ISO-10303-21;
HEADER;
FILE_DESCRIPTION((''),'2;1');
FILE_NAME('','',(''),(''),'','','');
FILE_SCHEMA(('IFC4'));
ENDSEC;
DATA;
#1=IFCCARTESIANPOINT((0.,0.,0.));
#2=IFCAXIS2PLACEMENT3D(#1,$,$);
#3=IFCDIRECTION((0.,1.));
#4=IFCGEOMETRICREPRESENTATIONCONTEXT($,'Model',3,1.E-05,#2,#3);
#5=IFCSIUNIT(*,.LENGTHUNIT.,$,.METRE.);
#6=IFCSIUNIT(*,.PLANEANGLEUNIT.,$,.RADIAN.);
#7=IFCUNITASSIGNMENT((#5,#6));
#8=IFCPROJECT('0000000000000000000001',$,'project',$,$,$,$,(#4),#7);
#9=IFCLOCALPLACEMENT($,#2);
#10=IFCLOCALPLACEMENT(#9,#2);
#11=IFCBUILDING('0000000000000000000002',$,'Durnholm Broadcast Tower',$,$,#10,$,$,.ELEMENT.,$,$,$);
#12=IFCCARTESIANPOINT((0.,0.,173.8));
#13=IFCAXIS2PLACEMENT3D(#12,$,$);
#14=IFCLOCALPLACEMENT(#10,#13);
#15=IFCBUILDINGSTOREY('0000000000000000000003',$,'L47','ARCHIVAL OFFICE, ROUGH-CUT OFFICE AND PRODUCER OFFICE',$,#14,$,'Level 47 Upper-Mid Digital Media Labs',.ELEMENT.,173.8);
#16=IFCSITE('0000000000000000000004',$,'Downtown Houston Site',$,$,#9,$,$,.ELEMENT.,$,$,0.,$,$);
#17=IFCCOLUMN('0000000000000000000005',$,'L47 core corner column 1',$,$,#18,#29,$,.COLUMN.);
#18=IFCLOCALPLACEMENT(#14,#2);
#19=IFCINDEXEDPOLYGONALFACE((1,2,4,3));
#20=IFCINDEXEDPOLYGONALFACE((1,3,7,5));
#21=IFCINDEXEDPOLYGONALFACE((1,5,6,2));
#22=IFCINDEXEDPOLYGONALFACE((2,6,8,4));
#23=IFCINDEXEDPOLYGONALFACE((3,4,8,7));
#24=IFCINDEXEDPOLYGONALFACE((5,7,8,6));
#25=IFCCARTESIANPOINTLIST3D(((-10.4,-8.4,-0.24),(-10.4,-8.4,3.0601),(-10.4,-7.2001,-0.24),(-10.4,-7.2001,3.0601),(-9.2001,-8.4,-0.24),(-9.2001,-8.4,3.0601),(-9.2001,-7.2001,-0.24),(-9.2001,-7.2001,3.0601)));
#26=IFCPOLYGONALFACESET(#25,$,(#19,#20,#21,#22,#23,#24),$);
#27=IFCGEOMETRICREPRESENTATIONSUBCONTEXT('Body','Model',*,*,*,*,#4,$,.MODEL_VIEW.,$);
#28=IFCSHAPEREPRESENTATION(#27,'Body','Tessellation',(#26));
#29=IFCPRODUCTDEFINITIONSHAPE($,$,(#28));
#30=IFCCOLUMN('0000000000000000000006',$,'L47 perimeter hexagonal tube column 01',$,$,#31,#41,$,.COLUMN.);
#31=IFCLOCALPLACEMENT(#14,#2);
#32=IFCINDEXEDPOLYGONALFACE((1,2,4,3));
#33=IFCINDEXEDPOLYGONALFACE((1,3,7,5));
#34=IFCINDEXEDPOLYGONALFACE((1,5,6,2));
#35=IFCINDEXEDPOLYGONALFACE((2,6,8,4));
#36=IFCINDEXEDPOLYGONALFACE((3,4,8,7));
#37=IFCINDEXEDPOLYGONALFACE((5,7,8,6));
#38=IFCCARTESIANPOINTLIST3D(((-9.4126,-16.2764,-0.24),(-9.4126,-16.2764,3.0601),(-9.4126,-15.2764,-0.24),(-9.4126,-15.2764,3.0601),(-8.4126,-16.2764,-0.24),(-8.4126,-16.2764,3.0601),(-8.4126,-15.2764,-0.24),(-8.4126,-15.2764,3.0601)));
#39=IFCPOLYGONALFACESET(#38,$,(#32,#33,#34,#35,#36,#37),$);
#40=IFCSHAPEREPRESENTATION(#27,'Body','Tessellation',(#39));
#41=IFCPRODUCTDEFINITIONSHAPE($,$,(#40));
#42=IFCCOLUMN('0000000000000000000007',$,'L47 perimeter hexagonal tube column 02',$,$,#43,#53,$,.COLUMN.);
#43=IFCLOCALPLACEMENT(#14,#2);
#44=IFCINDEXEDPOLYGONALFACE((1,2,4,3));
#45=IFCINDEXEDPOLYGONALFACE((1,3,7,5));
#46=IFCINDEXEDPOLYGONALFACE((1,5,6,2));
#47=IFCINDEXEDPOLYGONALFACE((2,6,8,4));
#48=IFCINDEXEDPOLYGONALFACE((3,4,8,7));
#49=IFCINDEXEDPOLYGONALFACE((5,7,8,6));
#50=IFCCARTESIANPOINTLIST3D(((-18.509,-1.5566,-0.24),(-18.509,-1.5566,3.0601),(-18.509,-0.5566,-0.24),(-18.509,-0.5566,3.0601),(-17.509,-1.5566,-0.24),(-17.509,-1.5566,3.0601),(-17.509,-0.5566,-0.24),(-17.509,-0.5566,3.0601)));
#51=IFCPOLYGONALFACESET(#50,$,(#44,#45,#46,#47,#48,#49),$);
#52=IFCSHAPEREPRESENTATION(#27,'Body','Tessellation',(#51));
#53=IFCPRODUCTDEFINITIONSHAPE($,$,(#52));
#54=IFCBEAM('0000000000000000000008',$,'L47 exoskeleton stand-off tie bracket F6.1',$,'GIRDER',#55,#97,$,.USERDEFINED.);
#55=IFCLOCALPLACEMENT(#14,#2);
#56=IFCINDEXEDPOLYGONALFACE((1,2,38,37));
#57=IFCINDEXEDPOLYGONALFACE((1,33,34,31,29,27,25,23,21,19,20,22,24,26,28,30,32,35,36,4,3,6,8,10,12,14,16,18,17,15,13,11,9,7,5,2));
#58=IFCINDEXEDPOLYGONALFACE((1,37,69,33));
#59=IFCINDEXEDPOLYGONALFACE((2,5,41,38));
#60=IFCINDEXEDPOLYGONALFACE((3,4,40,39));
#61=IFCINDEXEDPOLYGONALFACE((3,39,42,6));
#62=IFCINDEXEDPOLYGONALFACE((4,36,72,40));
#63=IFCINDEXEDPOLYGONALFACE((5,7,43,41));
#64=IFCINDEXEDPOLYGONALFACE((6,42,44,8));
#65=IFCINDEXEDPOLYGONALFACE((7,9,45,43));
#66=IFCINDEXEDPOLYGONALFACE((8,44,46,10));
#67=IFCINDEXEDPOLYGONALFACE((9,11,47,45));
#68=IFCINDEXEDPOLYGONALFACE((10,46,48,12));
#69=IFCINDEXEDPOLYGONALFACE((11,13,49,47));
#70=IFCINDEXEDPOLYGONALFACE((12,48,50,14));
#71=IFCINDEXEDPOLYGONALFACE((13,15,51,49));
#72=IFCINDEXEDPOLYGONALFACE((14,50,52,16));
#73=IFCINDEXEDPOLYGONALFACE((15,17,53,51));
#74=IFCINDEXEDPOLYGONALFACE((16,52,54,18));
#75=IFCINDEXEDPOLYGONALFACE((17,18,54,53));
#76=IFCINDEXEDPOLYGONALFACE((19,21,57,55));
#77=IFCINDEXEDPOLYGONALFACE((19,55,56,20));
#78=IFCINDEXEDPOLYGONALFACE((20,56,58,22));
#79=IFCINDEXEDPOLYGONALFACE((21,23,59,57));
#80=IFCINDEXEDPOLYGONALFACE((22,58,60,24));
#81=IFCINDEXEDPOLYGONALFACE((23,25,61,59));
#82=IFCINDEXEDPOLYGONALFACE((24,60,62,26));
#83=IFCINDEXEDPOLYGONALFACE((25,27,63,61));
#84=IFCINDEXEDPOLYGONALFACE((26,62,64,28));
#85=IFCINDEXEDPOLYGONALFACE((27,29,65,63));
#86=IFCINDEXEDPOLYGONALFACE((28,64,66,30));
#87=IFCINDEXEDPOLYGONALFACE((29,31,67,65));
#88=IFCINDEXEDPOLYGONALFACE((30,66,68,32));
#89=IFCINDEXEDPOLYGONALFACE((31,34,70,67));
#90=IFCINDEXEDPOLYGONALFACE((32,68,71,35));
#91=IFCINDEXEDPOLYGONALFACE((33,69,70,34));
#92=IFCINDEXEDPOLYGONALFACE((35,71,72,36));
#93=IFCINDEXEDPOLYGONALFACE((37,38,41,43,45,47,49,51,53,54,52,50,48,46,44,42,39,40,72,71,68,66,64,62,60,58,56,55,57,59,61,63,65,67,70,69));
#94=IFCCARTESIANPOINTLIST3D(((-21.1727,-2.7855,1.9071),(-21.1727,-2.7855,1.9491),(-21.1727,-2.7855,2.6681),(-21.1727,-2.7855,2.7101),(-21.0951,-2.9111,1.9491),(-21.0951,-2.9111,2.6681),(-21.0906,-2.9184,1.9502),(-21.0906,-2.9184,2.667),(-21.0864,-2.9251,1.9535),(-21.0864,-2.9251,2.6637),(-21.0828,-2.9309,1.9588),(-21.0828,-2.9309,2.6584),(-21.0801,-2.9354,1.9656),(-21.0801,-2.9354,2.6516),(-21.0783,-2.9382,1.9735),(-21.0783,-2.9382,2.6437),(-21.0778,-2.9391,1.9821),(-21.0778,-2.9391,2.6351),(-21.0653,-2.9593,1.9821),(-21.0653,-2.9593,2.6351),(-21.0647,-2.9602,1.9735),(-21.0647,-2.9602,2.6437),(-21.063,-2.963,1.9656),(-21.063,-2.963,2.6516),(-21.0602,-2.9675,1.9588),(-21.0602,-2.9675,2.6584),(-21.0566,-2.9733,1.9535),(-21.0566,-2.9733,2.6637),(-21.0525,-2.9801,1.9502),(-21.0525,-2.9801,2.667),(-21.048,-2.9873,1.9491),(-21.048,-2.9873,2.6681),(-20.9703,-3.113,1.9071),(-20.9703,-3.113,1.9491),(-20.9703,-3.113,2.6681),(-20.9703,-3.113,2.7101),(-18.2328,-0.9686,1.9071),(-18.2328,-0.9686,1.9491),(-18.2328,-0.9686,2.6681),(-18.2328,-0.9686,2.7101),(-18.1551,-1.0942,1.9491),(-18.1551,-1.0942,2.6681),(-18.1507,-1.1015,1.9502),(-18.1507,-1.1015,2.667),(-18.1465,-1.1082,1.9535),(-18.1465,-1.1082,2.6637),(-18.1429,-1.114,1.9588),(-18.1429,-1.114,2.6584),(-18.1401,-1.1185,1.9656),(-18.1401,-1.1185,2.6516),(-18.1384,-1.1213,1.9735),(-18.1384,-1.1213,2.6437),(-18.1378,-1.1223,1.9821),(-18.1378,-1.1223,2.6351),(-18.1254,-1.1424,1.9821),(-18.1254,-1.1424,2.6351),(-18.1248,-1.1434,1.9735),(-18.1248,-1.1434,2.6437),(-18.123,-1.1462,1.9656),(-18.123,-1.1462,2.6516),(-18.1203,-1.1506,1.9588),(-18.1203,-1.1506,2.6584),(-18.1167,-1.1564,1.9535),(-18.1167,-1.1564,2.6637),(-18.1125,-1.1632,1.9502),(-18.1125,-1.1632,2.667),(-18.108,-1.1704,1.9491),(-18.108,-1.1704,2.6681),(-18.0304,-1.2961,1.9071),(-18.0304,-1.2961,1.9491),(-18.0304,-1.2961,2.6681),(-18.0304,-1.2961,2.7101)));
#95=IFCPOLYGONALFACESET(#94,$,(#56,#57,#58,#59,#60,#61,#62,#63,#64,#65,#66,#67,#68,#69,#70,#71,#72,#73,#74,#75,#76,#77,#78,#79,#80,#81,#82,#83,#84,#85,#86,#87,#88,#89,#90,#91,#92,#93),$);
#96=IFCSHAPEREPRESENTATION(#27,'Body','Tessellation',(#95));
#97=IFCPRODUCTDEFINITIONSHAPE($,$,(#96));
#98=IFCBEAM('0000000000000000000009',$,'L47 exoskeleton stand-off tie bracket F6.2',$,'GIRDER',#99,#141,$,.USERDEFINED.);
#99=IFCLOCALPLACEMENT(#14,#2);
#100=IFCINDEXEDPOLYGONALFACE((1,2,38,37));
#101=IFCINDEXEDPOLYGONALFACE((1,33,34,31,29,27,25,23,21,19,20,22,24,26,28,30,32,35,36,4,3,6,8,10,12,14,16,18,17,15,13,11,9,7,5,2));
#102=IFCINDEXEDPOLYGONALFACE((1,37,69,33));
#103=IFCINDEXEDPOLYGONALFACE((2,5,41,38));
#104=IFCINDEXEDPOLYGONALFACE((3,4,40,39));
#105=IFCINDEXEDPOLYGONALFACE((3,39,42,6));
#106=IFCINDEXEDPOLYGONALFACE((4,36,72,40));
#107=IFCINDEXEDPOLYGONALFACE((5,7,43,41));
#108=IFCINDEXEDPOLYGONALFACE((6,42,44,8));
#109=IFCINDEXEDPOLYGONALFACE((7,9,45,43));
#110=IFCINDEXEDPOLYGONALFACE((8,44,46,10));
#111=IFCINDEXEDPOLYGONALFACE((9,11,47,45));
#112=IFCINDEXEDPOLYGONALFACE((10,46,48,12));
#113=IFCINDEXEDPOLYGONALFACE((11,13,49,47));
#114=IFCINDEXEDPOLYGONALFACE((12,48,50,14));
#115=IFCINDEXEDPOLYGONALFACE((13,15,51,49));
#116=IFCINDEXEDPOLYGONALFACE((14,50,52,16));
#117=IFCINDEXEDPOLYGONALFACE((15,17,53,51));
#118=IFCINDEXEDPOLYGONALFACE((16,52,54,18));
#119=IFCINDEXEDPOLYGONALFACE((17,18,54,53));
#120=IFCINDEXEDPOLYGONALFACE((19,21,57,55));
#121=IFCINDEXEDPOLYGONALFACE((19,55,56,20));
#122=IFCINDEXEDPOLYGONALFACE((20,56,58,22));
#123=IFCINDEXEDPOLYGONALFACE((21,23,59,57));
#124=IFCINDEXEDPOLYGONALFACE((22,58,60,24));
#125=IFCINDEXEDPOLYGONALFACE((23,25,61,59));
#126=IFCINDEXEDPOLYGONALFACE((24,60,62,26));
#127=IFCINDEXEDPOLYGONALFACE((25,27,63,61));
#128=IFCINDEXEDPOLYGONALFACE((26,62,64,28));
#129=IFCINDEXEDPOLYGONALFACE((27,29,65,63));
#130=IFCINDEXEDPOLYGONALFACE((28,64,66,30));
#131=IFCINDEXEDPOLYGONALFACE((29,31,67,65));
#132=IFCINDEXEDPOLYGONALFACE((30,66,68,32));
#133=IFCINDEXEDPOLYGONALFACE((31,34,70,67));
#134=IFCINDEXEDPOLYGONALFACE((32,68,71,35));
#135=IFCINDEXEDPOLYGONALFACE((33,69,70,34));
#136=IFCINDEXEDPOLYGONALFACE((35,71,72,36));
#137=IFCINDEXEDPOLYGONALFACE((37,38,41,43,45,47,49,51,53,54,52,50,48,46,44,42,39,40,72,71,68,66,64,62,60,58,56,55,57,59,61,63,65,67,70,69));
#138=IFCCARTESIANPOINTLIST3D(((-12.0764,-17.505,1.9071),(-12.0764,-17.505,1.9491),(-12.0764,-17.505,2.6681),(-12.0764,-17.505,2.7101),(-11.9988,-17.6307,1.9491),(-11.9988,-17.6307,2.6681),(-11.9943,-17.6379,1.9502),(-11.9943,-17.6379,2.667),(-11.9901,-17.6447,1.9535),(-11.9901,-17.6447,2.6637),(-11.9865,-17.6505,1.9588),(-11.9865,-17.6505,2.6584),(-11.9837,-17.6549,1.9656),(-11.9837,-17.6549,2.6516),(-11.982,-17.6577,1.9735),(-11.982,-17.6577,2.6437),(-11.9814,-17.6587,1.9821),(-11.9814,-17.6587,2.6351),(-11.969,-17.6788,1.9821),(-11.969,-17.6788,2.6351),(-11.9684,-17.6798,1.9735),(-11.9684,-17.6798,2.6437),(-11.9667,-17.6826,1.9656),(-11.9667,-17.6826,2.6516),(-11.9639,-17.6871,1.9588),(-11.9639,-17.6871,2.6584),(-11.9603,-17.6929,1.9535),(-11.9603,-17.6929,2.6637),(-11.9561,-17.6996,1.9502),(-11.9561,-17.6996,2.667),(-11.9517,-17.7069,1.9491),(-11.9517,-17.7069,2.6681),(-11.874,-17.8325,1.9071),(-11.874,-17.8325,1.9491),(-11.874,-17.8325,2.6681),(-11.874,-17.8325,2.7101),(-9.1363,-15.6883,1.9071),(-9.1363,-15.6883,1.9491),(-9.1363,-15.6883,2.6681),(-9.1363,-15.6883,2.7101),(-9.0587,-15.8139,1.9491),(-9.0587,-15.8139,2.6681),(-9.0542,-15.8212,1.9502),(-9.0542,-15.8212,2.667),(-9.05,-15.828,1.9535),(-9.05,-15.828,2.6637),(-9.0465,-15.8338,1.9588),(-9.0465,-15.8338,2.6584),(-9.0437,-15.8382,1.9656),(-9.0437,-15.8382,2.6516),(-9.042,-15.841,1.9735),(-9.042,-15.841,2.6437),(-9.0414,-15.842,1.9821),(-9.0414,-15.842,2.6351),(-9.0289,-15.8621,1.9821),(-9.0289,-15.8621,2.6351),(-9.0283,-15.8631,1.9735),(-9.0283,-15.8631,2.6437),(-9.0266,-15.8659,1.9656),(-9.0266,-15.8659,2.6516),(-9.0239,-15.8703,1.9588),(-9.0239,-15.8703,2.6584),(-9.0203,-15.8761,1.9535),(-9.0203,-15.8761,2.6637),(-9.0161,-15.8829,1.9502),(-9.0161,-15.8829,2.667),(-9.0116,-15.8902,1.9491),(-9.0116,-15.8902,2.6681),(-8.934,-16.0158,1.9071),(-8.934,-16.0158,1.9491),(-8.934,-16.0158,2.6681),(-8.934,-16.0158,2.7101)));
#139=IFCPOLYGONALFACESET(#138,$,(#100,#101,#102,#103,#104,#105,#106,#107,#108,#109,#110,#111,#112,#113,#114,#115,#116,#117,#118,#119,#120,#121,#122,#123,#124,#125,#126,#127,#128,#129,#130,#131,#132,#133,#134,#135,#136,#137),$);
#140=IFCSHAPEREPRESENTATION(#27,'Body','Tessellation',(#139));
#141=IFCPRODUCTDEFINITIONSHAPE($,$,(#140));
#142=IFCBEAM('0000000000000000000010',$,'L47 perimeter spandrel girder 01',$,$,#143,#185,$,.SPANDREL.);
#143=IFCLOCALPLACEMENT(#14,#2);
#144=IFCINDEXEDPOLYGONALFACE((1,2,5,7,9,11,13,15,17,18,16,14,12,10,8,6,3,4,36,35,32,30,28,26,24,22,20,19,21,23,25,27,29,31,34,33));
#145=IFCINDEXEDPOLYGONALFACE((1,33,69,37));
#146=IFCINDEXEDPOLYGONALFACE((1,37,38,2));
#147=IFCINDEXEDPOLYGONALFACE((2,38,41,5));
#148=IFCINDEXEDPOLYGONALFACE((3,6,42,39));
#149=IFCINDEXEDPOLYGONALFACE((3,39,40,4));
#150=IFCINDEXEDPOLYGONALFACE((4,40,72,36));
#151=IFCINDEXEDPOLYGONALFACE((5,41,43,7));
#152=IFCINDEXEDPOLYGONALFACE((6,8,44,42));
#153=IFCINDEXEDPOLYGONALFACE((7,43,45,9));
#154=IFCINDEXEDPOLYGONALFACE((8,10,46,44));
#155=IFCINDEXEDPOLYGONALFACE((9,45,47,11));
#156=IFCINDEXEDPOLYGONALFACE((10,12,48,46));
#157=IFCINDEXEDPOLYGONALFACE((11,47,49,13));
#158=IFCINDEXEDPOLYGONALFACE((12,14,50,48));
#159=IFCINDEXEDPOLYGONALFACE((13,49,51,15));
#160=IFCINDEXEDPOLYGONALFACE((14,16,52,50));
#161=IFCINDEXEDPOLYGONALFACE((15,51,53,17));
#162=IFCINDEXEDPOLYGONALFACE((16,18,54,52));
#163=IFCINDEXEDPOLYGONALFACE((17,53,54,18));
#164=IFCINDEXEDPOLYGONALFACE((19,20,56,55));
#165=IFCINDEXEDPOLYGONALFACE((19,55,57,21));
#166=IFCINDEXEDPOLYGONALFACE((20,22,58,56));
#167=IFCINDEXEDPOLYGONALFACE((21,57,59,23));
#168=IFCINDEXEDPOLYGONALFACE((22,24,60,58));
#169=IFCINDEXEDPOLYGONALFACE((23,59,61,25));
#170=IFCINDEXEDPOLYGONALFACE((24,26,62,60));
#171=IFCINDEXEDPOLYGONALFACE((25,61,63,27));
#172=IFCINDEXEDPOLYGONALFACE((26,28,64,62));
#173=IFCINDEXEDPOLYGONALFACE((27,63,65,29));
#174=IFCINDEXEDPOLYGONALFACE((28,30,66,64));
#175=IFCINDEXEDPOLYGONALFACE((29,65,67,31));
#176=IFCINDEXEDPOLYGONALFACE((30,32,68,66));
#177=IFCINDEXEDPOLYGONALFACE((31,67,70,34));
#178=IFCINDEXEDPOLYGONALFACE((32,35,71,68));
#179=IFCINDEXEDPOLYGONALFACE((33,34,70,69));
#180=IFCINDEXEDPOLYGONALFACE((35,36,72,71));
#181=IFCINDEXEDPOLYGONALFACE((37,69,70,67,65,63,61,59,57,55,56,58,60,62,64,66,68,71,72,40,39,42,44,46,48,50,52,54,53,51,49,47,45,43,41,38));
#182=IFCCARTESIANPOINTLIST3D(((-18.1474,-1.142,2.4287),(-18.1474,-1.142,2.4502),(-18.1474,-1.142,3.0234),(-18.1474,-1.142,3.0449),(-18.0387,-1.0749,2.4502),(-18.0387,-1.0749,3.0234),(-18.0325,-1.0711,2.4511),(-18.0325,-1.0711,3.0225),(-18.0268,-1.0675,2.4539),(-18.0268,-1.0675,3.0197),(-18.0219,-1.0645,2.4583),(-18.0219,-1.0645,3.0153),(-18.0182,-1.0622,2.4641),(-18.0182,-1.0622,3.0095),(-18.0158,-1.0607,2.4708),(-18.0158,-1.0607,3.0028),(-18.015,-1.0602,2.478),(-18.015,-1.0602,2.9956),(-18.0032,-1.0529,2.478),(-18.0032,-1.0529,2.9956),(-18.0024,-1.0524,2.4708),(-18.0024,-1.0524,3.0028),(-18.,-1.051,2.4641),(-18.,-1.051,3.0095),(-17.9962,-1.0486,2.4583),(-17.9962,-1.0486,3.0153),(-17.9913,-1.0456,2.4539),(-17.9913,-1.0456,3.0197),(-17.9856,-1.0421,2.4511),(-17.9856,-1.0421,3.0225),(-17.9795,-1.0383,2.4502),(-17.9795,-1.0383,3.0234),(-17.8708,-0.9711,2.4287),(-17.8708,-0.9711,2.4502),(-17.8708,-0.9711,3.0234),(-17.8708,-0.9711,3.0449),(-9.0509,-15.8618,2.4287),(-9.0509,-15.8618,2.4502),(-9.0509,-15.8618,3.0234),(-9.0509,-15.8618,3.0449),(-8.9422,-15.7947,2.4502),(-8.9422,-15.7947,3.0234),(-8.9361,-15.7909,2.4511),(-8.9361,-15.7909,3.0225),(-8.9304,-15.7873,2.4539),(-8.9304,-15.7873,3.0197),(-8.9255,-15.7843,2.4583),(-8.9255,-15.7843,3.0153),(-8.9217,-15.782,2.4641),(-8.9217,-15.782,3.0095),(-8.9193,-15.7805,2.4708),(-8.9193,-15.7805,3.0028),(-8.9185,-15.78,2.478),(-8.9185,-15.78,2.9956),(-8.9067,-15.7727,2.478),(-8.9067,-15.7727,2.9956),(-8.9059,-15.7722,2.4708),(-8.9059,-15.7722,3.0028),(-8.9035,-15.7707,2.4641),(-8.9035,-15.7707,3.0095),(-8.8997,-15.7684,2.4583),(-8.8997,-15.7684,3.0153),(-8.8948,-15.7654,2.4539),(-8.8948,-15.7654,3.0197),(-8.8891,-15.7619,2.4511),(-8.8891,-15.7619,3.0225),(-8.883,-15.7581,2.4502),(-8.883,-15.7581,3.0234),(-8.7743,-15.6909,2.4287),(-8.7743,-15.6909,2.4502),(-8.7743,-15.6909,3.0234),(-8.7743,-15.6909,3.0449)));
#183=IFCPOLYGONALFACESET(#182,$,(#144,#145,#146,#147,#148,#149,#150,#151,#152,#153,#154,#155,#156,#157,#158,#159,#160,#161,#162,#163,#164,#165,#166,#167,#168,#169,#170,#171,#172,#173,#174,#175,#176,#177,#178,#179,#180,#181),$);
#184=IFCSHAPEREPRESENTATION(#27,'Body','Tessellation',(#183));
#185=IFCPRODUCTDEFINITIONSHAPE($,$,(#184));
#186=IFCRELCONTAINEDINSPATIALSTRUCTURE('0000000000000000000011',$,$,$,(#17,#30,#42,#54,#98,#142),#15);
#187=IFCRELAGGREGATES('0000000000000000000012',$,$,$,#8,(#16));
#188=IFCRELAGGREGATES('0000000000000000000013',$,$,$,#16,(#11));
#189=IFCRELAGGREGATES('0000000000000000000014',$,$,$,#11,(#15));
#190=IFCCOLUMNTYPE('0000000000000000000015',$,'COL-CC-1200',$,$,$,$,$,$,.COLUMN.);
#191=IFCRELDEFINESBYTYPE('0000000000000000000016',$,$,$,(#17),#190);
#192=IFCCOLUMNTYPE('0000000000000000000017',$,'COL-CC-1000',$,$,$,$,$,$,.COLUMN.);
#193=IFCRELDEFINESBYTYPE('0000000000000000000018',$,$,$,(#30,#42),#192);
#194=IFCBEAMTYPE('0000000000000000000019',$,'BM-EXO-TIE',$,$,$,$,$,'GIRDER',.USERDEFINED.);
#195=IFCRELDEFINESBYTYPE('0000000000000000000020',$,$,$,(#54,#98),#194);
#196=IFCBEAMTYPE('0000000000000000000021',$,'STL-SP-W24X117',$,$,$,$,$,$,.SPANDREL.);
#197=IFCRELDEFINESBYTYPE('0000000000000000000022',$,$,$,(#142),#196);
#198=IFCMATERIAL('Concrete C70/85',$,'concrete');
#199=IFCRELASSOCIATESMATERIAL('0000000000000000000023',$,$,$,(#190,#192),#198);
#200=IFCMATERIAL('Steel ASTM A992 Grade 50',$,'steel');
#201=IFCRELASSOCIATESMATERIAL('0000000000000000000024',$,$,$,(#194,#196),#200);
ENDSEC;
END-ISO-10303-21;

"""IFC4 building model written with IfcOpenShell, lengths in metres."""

from ifc_helpers import new_model, si_unit, direction, frame, origin, origin_2d, place, context, subcontext, project, spatial, rectangle, i_section, extrude, source, transform, mapped, material, material_profile, profile_set, type_object, type_shapes, element, save


model = new_model("IFC4")

# Units and contexts
model_context = context("Model", 3, precision=1e-05, world=origin(), true_north=direction((0.0, 1.0)))
body_context = subcontext(model_context, "Body", "Model", "MODEL_VIEW")
ifc_project = project(units=[si_unit("LENGTHUNIT", "METRE"), si_unit("PLANEANGLEUNIT", "RADIAN")], contexts=[model_context])

# Site, building, storey
site_placement = place(None, origin())
site = spatial("IfcSite", under=ifc_project, at=site_placement, Name="Downtown Houston Site", CompositionType="ELEMENT", RefElevation=0.0)
building_placement = place(site_placement, origin())
building = spatial("IfcBuilding", under=site, at=building_placement, Name="Durnholm Broadcast Tower", CompositionType="ELEMENT")
storey_placement = place(building_placement, frame((0.0, 0.0, 173.8)))
storey = spatial("IfcBuildingStorey", under=building, at=storey_placement, Name="L47", Description="ARCHIVAL OFFICE, ROUGH-CUT OFFICE AND PRODUCER OFFICE", LongName="Level 47 Upper-Mid Digital Media Labs", CompositionType="ELEMENT", Elevation=173.8)

# Columns
ifc_material_1 = material(Name="Concrete C70/85", Category="concrete")
ifc_material_profile_1 = material_profile(ifc_material_1, rectangle(XDim=1.2, YDim=1.2, at=origin_2d()), Name="RC1200X1200")
ifc_profile_set_1 = profile_set([ifc_material_profile_1], Name="Concrete C70/85")
column_type_1 = type_object("IfcColumnType", Name="COL-CC-1200", PredefinedType="COLUMN", material=ifc_profile_set_1)
shared_shape_1 = source(origin(), body_context, "Body", "SweptSolid", [
    extrude(rectangle(XDim=1.2, YDim=1.2, at=origin_2d()), origin(), (0.0, 0.0, 1.0), 3.3),
])
type_shapes(column_type_1, [shared_shape_1])
column_placement = place(storey_placement, frame((-9.8, -7.8, -0.24), z_axis=(0.0, 0.0, 1.0), x_axis=(1.0, 0.0, 0.0)))
element("IfcColumn", 1, at=column_placement, inside=storey, type_object=column_type_1, Name="L47 core corner column 1", PredefinedType="COLUMN", context=body_context, shape_type="MappedRepresentation", body=[
    mapped(shared_shape_1, transform((0.0, 0.0, 0.0), x_axis=(1.0, 0.0, 0.0), y_axis=(0.0, 1.0, 0.0), z_axis=(0.0, 0.0, 1.0), scale=1.0)),
])
ifc_material_profile_2 = material_profile(ifc_material_1, rectangle(XDim=1.0, YDim=1.0, at=origin_2d()), Name="RC1000X1000")
ifc_profile_set_2 = profile_set([ifc_material_profile_2], Name="Concrete C70/85")
column_type_2 = type_object("IfcColumnType", Name="COL-CC-1000", PredefinedType="COLUMN", material=ifc_profile_set_2)
shared_shape_2 = source(origin(), body_context, "Body", "SweptSolid", [
    extrude(rectangle(XDim=1.0, YDim=1.0, at=origin_2d()), origin(), (0.0, 0.0, 1.0), 3.3),
])
type_shapes(column_type_2, [shared_shape_2])
for number, where, z_axis, x_axis, name in (
    (2, (-8.9126, -15.7764, -0.24), (0.0, 0.0, 1.0), (1.0, 0.0, 0.0), "L47 perimeter hexagonal tube column 01"),
    (3, (-18.009, -1.0566, -0.24), (0.0, 0.0, 1.0), (1.0, 0.0, 0.0), "L47 perimeter hexagonal tube column 02"),
):
    element("IfcColumn", number, at=place(storey_placement, frame(where, z_axis=z_axis, x_axis=x_axis)), inside=storey, type_object=column_type_2, Name=name, PredefinedType="COLUMN", context=body_context, shape_type="MappedRepresentation", body=[
        mapped(shared_shape_2, transform((0.0, 0.0, 0.0), x_axis=(1.0, 0.0, 0.0), y_axis=(0.0, 1.0, 0.0), z_axis=(0.0, 0.0, 1.0), scale=1.0)),
    ])

# Beams
ifc_material_2 = material(Name="Steel ASTM A992 Grade 50", Category="steel")
ifc_material_profile_3 = material_profile(ifc_material_2, i_section(OverallWidth=0.385, OverallDepth=0.803, WebThickness=0.0237, FlangeThickness=0.042, FilletRadius=0.033, at=origin_2d()), Name="W30X261")
ifc_profile_set_3 = profile_set([ifc_material_profile_3], Name="Steel ASTM A992 Grade 50")
beam_type_1 = type_object("IfcBeamType", Name="BM-EXO-TIE", ElementType="GIRDER", PredefinedType="USERDEFINED", material=ifc_profile_set_3)
shared_shape_3 = source(origin(), body_context, "Body", "SweptSolid", [
    extrude(i_section(OverallWidth=0.385, OverallDepth=0.803, WebThickness=0.0237, FlangeThickness=0.042, FilletRadius=0.033, at=origin_2d()), origin(), (0.0, 0.0, 1.0), 3.4561),
])
for number, where, z_axis, x_axis, name in (
    (4, (-18.1316, -1.1323, 2.3086), (-0.850662, -0.525712, 0.0), (0.525712, -0.850662, 0.0), "L47 exoskeleton stand-off tie bracket F6.1"),
    (5, (-9.0352, -15.8521, 2.3086), (-0.850694, -0.525661, 0.0), (0.525661, -0.850694, 0.0), "L47 exoskeleton stand-off tie bracket F6.2"),
):
    element("IfcBeam", number, at=place(storey_placement, frame(where, z_axis=z_axis, x_axis=x_axis)), inside=storey, type_object=beam_type_1, Name=name, ObjectType="GIRDER", PredefinedType="USERDEFINED", context=body_context, shape_type="MappedRepresentation", body=[
        mapped(shared_shape_3, transform((0.0, 0.0, 0.0), x_axis=(1.0, 0.0, 0.0), y_axis=(0.0, 1.0, 0.0), z_axis=(0.0, 0.0, 1.0), scale=1.0)),
    ])
ifc_material_profile_4 = material_profile(ifc_material_2, i_section(OverallWidth=0.3252, OverallDepth=0.6162, WebThickness=0.0139, FlangeThickness=0.0215, FilletRadius=0.0278, at=origin_2d()), Name="W24X117")
ifc_profile_set_4 = profile_set([ifc_material_profile_4], Name="Steel ASTM A992 Grade 50")
beam_type_2 = type_object("IfcBeamType", Name="STL-SP-W24X117", PredefinedType="SPANDREL", material=ifc_profile_set_4)
shared_shape_4 = source(origin(), body_context, "Body", "SweptSolid", [
    extrude(i_section(OverallWidth=0.3252, OverallDepth=0.6162, WebThickness=0.0139, FlangeThickness=0.0215, FilletRadius=0.0278, at=origin_2d()), origin(), (0.0, 0.0, 1.0), 17.3037),
])
beam_1_placement = place(storey_placement, frame((-8.9126, -15.7764, 2.7368), z_axis=(-0.525695, 0.850673, 0.0), x_axis=(-0.850673, -0.525695, 0.0)))
element("IfcBeam", 6, at=beam_1_placement, inside=storey, type_object=beam_type_2, Name="L47 perimeter spandrel girder 01", PredefinedType="SPANDREL", context=body_context, shape_type="MappedRepresentation", body=[
    mapped(shared_shape_4, transform((0.0, 0.0, 0.0), x_axis=(1.0, 0.0, 0.0), y_axis=(0.0, 1.0, 0.0), z_axis=(0.0, 0.0, 1.0), scale=1.0)),
])

save(model, "model.ifc")
